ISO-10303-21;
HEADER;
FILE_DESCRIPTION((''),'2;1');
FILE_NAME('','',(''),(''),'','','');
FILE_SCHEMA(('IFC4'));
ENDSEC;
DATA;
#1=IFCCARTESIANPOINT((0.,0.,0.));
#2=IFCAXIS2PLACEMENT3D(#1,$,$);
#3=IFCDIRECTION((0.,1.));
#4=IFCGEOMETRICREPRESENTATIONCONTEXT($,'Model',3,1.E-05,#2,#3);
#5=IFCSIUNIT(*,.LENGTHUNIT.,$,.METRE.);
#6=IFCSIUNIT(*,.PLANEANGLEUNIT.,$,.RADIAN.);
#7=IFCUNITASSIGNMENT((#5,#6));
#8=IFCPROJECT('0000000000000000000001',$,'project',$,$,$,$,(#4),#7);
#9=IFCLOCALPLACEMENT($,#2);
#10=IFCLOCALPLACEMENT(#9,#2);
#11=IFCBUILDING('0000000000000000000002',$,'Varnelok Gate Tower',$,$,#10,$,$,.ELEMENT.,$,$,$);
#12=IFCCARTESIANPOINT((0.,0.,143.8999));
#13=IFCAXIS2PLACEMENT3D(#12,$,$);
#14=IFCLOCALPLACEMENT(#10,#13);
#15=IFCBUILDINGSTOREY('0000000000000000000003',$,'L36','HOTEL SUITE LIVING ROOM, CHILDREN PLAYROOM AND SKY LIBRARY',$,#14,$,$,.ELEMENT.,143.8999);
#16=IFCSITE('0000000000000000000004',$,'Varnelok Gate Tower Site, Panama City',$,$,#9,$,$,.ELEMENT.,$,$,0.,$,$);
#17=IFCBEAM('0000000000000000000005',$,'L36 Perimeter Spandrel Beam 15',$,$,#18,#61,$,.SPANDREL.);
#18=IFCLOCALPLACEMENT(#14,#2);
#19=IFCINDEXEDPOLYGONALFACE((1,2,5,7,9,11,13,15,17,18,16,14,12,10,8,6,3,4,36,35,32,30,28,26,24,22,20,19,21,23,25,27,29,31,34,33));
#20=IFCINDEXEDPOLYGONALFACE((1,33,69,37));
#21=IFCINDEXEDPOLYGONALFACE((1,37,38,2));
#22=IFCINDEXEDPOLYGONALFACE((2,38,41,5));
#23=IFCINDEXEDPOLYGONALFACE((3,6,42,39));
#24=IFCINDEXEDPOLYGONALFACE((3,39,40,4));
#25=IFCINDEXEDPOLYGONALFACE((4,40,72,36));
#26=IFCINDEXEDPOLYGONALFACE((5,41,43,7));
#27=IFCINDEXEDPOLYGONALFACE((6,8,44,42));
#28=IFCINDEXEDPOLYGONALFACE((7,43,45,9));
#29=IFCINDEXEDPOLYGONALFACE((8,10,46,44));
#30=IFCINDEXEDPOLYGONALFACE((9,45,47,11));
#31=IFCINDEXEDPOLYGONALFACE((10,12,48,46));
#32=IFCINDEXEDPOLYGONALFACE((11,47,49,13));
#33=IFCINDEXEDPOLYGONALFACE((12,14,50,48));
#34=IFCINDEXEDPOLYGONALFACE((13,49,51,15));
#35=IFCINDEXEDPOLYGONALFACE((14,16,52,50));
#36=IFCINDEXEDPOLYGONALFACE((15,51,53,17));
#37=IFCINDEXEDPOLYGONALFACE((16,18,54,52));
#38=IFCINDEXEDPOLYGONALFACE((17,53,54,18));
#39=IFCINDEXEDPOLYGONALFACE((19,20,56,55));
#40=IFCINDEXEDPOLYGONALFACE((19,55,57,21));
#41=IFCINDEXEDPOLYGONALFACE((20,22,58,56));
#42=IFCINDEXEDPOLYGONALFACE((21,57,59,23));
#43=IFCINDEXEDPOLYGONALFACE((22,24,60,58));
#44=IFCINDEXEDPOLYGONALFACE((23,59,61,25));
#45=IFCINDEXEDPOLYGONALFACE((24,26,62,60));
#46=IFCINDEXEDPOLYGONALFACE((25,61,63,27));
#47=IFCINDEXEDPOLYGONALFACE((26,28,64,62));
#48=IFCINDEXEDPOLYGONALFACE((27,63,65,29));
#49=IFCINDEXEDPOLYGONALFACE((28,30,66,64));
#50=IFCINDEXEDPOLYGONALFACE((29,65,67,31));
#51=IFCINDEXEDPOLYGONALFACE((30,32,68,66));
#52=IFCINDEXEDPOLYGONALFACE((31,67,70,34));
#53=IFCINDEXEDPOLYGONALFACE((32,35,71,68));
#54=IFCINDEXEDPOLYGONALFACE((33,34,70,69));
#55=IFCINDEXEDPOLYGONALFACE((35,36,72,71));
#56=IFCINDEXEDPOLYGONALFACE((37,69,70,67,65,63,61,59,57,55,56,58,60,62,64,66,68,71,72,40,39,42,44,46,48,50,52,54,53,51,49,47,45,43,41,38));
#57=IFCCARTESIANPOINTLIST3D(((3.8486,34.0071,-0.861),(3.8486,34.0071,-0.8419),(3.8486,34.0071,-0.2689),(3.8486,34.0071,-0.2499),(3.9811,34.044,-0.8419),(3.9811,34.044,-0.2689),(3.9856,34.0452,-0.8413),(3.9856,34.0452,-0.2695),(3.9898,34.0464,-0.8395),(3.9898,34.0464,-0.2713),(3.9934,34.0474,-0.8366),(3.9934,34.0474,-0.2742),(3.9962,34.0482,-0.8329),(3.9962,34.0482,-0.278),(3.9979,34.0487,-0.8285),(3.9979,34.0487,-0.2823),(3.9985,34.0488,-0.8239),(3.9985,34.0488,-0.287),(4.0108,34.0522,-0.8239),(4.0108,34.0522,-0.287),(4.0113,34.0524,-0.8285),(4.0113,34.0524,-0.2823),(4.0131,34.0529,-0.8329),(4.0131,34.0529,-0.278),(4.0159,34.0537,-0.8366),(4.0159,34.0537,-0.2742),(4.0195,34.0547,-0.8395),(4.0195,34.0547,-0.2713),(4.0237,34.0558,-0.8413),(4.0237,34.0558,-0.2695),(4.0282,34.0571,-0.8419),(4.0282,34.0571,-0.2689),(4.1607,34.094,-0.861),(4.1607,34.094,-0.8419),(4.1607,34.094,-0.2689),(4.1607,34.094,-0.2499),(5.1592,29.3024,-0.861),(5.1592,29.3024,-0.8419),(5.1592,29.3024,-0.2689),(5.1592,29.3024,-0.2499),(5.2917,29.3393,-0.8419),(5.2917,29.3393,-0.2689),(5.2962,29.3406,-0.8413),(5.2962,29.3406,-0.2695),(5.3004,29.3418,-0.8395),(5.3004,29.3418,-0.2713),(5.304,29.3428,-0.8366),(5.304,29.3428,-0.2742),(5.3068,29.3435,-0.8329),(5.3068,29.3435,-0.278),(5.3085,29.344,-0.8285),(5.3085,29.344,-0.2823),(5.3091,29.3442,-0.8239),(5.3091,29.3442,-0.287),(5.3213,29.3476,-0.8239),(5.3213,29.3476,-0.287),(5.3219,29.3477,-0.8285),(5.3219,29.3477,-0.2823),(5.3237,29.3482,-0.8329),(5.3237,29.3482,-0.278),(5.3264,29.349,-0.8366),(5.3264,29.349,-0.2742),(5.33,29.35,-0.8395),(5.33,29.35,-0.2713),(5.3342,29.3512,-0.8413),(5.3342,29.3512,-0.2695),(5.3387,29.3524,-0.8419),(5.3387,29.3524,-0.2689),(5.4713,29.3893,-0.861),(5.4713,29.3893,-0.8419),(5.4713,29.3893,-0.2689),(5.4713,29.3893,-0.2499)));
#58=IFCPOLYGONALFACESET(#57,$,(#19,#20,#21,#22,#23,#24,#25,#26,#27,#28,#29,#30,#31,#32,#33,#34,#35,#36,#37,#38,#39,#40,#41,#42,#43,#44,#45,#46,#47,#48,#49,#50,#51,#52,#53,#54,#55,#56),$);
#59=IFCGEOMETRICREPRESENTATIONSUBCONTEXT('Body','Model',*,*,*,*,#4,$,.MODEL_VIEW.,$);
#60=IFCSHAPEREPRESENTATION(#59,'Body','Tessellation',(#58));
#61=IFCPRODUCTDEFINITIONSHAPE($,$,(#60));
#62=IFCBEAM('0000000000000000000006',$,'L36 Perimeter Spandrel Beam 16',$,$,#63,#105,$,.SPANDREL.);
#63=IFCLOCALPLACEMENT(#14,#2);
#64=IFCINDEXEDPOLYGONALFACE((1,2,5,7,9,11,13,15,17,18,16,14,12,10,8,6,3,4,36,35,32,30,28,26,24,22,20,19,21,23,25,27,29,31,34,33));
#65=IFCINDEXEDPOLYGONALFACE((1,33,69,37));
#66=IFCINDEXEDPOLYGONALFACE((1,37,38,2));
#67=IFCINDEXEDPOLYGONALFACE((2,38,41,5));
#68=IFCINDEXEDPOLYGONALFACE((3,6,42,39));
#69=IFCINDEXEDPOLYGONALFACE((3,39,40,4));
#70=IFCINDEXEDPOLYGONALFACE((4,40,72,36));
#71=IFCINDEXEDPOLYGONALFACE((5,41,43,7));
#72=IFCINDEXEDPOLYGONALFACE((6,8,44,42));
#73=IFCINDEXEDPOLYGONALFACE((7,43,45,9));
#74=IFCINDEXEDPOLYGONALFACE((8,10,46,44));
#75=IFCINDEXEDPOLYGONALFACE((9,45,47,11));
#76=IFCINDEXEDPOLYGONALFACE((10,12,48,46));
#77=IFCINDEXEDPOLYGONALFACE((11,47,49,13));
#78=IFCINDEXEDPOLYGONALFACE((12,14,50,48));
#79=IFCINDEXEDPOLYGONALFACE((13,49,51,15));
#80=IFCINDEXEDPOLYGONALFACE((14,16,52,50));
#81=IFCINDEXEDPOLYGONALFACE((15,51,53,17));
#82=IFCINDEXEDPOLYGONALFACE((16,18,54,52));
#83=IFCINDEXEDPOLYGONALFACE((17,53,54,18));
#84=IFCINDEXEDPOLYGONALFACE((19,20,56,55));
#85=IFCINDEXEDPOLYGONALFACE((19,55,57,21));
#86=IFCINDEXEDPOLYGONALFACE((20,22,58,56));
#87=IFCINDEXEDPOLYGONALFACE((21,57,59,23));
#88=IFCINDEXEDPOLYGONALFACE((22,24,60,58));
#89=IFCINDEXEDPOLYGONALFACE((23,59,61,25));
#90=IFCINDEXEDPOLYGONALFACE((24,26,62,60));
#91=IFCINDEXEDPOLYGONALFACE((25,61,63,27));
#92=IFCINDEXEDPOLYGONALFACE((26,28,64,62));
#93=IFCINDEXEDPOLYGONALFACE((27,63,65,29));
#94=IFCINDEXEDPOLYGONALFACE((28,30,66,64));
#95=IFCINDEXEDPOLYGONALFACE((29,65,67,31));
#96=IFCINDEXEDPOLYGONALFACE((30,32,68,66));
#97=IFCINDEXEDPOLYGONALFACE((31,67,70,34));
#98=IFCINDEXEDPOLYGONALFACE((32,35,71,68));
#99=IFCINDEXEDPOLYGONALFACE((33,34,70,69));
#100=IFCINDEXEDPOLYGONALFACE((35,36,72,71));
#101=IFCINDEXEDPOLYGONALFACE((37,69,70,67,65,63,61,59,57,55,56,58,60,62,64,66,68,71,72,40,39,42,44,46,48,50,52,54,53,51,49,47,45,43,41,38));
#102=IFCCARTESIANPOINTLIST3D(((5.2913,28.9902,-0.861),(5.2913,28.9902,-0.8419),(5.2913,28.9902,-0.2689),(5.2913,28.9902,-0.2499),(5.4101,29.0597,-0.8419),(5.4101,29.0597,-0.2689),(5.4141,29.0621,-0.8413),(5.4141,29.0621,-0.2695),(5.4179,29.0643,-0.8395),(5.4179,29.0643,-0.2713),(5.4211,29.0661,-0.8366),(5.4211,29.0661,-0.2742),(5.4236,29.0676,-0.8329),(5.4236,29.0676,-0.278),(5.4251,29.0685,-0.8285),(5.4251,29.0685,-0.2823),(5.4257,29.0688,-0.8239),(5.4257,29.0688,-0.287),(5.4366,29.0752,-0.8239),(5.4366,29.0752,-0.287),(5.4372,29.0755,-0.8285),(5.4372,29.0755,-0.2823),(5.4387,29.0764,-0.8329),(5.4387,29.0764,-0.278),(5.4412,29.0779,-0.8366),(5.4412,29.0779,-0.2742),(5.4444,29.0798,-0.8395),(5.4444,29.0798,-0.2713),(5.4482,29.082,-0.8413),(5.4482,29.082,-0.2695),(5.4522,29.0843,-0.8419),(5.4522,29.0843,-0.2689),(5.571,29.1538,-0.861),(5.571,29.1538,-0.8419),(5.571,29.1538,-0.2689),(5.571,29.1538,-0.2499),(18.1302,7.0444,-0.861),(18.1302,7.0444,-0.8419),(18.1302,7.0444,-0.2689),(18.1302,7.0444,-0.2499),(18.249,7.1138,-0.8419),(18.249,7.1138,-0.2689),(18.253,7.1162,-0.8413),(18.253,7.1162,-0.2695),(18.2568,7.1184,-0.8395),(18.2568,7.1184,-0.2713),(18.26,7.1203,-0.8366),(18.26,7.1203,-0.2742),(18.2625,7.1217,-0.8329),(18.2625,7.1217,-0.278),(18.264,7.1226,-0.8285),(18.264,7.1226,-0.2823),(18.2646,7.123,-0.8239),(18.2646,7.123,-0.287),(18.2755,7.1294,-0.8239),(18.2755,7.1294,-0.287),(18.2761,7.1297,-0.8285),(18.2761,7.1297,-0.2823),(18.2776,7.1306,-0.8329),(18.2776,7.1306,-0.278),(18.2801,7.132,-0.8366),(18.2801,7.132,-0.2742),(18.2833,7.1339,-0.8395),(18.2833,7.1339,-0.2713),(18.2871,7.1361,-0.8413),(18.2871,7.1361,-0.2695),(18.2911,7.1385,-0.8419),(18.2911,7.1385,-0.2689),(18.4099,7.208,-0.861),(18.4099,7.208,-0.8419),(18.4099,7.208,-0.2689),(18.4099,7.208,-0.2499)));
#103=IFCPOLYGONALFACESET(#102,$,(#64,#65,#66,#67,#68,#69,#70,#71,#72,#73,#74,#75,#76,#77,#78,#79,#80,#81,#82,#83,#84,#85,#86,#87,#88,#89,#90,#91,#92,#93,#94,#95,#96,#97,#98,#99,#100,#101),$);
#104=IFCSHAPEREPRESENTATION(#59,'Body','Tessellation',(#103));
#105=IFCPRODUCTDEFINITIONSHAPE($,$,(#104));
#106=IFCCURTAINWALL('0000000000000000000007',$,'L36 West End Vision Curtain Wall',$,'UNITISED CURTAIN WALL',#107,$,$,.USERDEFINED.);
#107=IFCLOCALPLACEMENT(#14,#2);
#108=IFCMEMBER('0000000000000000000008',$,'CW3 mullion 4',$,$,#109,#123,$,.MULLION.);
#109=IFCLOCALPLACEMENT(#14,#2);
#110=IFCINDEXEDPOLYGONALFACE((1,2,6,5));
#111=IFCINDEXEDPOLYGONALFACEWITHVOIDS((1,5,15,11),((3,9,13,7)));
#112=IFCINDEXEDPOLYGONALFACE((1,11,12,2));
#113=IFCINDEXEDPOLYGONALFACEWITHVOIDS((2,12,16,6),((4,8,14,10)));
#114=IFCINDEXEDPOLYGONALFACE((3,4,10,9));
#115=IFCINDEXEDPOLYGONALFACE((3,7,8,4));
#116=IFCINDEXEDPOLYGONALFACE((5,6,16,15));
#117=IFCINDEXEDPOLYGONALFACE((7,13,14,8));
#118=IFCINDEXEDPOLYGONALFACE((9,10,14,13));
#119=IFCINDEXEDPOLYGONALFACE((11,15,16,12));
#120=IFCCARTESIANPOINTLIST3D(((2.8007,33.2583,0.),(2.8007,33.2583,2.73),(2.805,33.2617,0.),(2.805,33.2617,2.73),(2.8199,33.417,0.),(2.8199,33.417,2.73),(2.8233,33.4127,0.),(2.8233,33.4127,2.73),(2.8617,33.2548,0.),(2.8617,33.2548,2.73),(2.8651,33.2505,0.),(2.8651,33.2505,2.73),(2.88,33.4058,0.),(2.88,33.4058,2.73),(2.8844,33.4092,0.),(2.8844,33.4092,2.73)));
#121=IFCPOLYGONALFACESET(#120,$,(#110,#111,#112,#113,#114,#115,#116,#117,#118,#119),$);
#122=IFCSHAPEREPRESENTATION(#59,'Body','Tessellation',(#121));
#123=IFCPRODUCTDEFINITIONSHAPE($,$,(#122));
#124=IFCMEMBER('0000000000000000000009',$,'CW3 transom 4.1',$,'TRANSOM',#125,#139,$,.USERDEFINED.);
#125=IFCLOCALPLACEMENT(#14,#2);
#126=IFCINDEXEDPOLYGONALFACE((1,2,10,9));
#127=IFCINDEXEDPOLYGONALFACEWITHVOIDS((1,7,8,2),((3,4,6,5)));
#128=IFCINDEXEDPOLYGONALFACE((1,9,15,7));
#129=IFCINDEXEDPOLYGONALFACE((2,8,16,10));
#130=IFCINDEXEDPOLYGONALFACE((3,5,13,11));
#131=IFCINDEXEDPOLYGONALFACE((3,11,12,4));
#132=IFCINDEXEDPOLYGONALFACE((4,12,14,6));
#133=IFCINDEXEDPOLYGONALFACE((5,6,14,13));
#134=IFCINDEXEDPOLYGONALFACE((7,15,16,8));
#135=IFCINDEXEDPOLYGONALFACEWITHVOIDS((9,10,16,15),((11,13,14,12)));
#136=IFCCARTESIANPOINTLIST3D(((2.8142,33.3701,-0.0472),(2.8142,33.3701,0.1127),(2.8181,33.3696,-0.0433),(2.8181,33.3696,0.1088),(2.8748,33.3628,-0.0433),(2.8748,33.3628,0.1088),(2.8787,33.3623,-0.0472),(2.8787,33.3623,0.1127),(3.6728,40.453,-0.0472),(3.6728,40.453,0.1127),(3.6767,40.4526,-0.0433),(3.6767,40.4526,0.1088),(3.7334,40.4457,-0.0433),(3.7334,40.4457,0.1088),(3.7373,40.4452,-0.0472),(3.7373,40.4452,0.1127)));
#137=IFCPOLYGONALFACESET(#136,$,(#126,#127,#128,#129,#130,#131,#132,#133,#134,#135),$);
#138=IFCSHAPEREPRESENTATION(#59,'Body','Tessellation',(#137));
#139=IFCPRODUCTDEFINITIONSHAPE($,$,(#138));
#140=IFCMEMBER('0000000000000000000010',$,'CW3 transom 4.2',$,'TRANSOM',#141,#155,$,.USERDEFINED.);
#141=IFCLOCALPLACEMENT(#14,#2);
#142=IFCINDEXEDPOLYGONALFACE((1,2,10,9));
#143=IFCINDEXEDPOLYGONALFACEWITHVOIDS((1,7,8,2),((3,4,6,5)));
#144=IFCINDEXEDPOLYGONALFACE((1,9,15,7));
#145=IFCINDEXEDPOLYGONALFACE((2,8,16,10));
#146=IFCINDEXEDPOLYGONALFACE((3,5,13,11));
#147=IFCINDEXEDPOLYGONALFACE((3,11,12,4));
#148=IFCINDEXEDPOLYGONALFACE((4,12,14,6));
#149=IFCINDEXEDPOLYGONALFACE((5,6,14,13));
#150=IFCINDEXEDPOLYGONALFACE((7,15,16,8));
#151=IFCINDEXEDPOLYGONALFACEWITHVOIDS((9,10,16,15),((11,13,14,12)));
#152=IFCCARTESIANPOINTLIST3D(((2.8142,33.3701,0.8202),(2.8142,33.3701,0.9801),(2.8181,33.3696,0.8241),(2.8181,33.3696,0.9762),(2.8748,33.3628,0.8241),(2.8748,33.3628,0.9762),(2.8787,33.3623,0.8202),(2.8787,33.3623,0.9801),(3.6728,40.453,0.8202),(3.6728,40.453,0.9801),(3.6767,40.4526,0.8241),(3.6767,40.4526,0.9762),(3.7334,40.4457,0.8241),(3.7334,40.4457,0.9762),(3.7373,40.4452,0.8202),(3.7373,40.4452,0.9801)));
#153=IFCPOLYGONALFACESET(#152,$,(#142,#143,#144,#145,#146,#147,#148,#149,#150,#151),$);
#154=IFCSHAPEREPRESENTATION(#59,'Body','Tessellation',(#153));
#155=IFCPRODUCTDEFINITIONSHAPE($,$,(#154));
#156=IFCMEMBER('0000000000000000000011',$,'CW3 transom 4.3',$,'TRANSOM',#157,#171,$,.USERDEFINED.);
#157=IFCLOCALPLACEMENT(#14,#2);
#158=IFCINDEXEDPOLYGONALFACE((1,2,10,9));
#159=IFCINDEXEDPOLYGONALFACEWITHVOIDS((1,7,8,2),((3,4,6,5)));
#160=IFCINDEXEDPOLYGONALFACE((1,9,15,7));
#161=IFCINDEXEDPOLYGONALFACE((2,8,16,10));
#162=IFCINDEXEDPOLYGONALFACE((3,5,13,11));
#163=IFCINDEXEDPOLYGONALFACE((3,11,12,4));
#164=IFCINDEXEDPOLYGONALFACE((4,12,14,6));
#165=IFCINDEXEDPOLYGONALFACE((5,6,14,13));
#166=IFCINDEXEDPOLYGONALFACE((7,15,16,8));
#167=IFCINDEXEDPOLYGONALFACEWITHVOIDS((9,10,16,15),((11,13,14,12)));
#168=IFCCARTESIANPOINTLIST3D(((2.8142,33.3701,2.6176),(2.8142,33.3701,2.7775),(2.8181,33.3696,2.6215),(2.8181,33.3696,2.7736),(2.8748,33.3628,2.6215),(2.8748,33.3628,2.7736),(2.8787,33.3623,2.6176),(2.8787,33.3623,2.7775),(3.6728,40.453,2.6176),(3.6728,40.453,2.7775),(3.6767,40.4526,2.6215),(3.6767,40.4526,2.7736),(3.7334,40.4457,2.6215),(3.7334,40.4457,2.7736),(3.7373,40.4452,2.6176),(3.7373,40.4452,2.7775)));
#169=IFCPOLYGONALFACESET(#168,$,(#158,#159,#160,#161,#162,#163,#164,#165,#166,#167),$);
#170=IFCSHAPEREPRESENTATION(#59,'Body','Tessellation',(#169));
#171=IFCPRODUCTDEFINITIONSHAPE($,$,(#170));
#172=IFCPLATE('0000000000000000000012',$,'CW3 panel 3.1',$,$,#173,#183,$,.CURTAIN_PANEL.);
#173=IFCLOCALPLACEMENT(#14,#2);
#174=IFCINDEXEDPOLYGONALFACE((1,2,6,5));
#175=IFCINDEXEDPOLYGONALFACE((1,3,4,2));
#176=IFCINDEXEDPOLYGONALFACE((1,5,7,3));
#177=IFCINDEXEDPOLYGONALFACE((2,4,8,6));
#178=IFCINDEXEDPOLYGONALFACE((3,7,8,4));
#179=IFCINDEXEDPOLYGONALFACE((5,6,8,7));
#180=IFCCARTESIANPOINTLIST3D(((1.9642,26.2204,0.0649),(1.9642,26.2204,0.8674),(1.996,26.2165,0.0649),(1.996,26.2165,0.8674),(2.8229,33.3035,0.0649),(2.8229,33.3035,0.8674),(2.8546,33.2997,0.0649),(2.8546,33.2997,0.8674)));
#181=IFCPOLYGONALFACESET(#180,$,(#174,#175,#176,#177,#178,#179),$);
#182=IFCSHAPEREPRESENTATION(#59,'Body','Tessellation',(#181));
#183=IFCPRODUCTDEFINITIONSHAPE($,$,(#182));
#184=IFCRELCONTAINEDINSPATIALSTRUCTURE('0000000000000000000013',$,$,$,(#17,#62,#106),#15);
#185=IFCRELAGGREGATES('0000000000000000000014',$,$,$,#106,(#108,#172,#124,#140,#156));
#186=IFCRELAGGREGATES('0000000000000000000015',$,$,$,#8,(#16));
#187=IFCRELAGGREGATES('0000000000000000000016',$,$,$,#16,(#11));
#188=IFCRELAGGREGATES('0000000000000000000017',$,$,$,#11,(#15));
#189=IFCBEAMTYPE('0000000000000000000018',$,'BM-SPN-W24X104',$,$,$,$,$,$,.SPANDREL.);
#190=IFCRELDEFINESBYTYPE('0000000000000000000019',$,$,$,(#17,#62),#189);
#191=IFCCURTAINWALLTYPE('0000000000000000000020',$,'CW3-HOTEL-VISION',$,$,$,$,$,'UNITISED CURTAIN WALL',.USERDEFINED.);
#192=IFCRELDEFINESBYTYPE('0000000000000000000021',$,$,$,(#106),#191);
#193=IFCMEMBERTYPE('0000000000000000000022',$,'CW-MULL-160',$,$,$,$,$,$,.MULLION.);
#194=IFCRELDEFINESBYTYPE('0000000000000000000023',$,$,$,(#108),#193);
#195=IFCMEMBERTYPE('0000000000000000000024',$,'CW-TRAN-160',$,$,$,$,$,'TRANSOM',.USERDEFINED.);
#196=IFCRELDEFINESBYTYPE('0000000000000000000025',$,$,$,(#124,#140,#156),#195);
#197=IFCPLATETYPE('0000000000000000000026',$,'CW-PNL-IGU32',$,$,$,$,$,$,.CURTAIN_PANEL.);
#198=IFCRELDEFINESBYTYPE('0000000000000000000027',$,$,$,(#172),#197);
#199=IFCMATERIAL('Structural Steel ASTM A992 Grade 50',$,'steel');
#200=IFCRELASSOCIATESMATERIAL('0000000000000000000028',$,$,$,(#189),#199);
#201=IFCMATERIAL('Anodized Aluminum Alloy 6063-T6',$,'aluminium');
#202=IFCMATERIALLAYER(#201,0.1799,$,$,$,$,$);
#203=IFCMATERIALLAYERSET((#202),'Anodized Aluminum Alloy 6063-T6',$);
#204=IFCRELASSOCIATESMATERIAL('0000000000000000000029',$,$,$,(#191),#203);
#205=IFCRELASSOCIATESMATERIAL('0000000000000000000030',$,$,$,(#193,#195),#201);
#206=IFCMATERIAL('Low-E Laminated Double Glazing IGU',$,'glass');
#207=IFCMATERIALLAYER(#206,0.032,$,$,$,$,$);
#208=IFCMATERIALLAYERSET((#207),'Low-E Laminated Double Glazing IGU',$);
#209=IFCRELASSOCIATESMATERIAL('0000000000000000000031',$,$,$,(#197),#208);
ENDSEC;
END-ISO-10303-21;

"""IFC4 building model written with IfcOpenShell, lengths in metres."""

from ifc_helpers import new_model, si_unit, direction, frame, origin, origin_2d, place, context, subcontext, project, spatial, rectangle, hollow_rectangle, i_section, extrude, source, transform, mapped, material, layer, layer_set, material_profile, profile_set, type_object, element, aggregate, save


model = new_model("IFC4")

# Units and contexts
model_context = context("Model", 3, precision=1e-05, world=origin(), true_north=direction((0.0, 1.0)))
body_context = subcontext(model_context, "Body", "Model", "MODEL_VIEW")
ifc_project = project(units=[si_unit("LENGTHUNIT", "METRE"), si_unit("PLANEANGLEUNIT", "RADIAN")], contexts=[model_context])

# Site, building, storey
site_placement = place(None, origin())
site = spatial("IfcSite", under=ifc_project, at=site_placement, Name="Varnelok Gate Tower Site, Panama City", CompositionType="ELEMENT", RefElevation=0.0)
building_placement = place(site_placement, origin())
building = spatial("IfcBuilding", under=site, at=building_placement, Name="Varnelok Gate Tower", CompositionType="ELEMENT")
storey_placement = place(building_placement, frame((0.0, 0.0, 143.8999)))
storey = spatial("IfcBuildingStorey", under=building, at=storey_placement, Name="L36", Description="HOTEL SUITE LIVING ROOM, CHILDREN PLAYROOM AND SKY LIBRARY", CompositionType="ELEMENT", Elevation=143.8999)

# Shared definitions
ifc_material_1 = material(Name="Structural Steel ASTM A992 Grade 50", Category="steel")

# Beams
ifc_material_profile_1 = material_profile(ifc_material_1, i_section(OverallWidth=0.324, OverallDepth=0.6111, WebThickness=0.0127, FlangeThickness=0.019, FilletRadius=0.0181, at=origin_2d()), Name="W24X104")
ifc_profile_set_1 = profile_set([ifc_material_profile_1], Name="Structural Steel ASTM A992 Grade 50")
beam_type_1 = type_object("IfcBeamType", Name="BM-SPN-W24X104", PredefinedType="SPANDREL", material=ifc_profile_set_1)
beam_1_placement = place(storey_placement, frame((4.0046, 34.0505, -0.5554), z_axis=(0.26835, -0.963321, 0.0), x_axis=(0.963321, 0.26835, 0.0)))
element("IfcBeam", 1, at=beam_1_placement, inside=storey, type_object=beam_type_1, Name="L36 Perimeter Spandrel Beam 15", PredefinedType="SPANDREL", context=body_context, shape_type="SweptSolid", body=[
    extrude(i_section(OverallWidth=0.324, OverallDepth=0.6111, WebThickness=0.0127, FlangeThickness=0.019, FilletRadius=0.0181, at=origin_2d()), origin(), (0.0, 0.0, 1.0), 4.8838),
])
beam_2_placement = place(storey_placement, frame((5.4312, 29.072, -0.5554), z_axis=(0.504961, -0.863142, 0.0), x_axis=(0.863142, 0.504961, 0.0)))
element("IfcBeam", 2, at=beam_2_placement, inside=storey, type_object=beam_type_1, Name="L36 Perimeter Spandrel Beam 16", PredefinedType="SPANDREL", context=body_context, shape_type="SweptSolid", body=[
    extrude(i_section(OverallWidth=0.324, OverallDepth=0.6111, WebThickness=0.0127, FlangeThickness=0.019, FilletRadius=0.0181, at=origin_2d()), origin(), (0.0, 0.0, 1.0), 25.4255),
])

# Curtain wall, members, plate
ifc_material_2 = material(Name="Anodized Aluminum Alloy 6063-T6", Category="aluminium")
ifc_layer_1 = layer(ifc_material_2, 0.1799)
ifc_layer_set_1 = layer_set([ifc_layer_1], Name="Anodized Aluminum Alloy 6063-T6")
curtain_wall_type = type_object("IfcCurtainWallType", Name="CW3-HOTEL-VISION", ElementType="UNITISED CURTAIN WALL", PredefinedType="USERDEFINED", material=ifc_layer_set_1)
curtain_wall_placement = place(storey_placement, origin())
curtain_wall = element("IfcCurtainWall", 3, at=curtain_wall_placement, inside=storey, type_object=curtain_wall_type, Name="L36 West End Vision Curtain Wall", ObjectType="UNITISED CURTAIN WALL", PredefinedType="USERDEFINED")
ifc_material_profile_2 = material_profile(ifc_material_2, hollow_rectangle(XDim=0.0649, YDim=0.1599, WallThickness=0.0039, at=origin_2d()), Name="ALU160X65X4")
ifc_profile_set_2 = profile_set([ifc_material_profile_2], Name="Anodized Aluminum Alloy 6063-T6")
member_type_1 = type_object("IfcMemberType", Name="CW-MULL-160", PredefinedType="MULLION", material=ifc_profile_set_2)
member_1_placement = place(storey_placement, frame((2.8425, 33.3337, 0.0), z_axis=(0.0, 0.0, 1.0), x_axis=(-0.992732, 0.120347, 0.0)))
member_1 = element("IfcMember", 4, at=member_1_placement, type_object=member_type_1, Name="CW3 mullion 4", PredefinedType="MULLION", context=body_context, shape_type="SweptSolid", body=[
    extrude(hollow_rectangle(XDim=0.0649, YDim=0.1599, WallThickness=0.0039, at=origin_2d()), origin(), (0.0, 0.0, 1.0), 2.73),
])
ifc_material_profile_3 = material_profile(ifc_material_2, hollow_rectangle(XDim=0.0649, YDim=0.1599, WallThickness=0.0039, at=origin_2d()), Name="ALU160X65X4")
ifc_profile_set_3 = profile_set([ifc_material_profile_3], Name="Anodized Aluminum Alloy 6063-T6")
member_type_2 = type_object("IfcMemberType", Name="CW-TRAN-160", ElementType="TRANSOM", PredefinedType="USERDEFINED", material=ifc_profile_set_3)
member_2_placement = place(storey_placement, frame((2.8464, 33.3662, 0.0327), z_axis=(0.120345, 0.992732, 0.0), x_axis=(-0.992732, 0.120345, 0.0)))
member_2 = element("IfcMember", 5, at=member_2_placement, type_object=member_type_2, Name="CW3 transom 4.1", ObjectType="TRANSOM", PredefinedType="USERDEFINED", context=body_context, shape_type="SweptSolid", body=[
    extrude(hollow_rectangle(XDim=0.0649, YDim=0.1599, WallThickness=0.0039, at=origin_2d()), origin(), (0.0, 0.0, 1.0), 7.1348),
])
member_3_placement = place(storey_placement, frame((2.8464, 33.3662, 0.9001), z_axis=(0.120345, 0.992732, 0.0), x_axis=(-0.992732, 0.120345, 0.0)))
member_3 = element("IfcMember", 6, at=member_3_placement, type_object=member_type_2, Name="CW3 transom 4.2", ObjectType="TRANSOM", PredefinedType="USERDEFINED", context=body_context, shape_type="SweptSolid", body=[
    extrude(hollow_rectangle(XDim=0.0649, YDim=0.1599, WallThickness=0.0039, at=origin_2d()), origin(), (0.0, 0.0, 1.0), 7.1348),
])
member_4_placement = place(storey_placement, frame((2.8464, 33.3662, 2.6975), z_axis=(0.120345, 0.992732, 0.0), x_axis=(-0.992732, 0.120345, 0.0)))
member_4 = element("IfcMember", 7, at=member_4_placement, type_object=member_type_2, Name="CW3 transom 4.3", ObjectType="TRANSOM", PredefinedType="USERDEFINED", context=body_context, shape_type="SweptSolid", body=[
    extrude(hollow_rectangle(XDim=0.0649, YDim=0.1599, WallThickness=0.0039, at=origin_2d()), origin(), (0.0, 0.0, 1.0), 7.1348),
])
ifc_material_3 = material(Name="Low-E Laminated Double Glazing IGU", Category="glass")
ifc_layer_2 = layer(ifc_material_3, 0.032)
ifc_layer_set_2 = layer_set([ifc_layer_2], Name="Low-E Laminated Double Glazing IGU")
plate_type = type_object("IfcPlateType", Name="CW-PNL-IGU32", PredefinedType="CURTAIN_PANEL", material=ifc_layer_set_2)
shared_shape_1 = source(origin(), body_context, "Body", "SweptSolid", [
    extrude(rectangle(XDim=7.135, YDim=0.032, at=origin_2d()), origin(), (0.0, 0.0, 1.0), 0.8025),
])
plate_1_placement = place(storey_placement, frame((2.4094, 29.76, 0.0649), z_axis=(0.0, 0.0, 1.0), x_axis=(0.120347, 0.992732, 0.0)))
plate_1 = element("IfcPlate", 8, at=plate_1_placement, type_object=plate_type, Name="CW3 panel 3.1", PredefinedType="CURTAIN_PANEL", context=body_context, shape_type="MappedRepresentation", body=[
    mapped(shared_shape_1, transform((0.0, 0.0, 0.0), scale=1.0)),
])
aggregate(curtain_wall, [member_1, plate_1, member_2, member_3, member_4])

save(model, "model.ifc")
